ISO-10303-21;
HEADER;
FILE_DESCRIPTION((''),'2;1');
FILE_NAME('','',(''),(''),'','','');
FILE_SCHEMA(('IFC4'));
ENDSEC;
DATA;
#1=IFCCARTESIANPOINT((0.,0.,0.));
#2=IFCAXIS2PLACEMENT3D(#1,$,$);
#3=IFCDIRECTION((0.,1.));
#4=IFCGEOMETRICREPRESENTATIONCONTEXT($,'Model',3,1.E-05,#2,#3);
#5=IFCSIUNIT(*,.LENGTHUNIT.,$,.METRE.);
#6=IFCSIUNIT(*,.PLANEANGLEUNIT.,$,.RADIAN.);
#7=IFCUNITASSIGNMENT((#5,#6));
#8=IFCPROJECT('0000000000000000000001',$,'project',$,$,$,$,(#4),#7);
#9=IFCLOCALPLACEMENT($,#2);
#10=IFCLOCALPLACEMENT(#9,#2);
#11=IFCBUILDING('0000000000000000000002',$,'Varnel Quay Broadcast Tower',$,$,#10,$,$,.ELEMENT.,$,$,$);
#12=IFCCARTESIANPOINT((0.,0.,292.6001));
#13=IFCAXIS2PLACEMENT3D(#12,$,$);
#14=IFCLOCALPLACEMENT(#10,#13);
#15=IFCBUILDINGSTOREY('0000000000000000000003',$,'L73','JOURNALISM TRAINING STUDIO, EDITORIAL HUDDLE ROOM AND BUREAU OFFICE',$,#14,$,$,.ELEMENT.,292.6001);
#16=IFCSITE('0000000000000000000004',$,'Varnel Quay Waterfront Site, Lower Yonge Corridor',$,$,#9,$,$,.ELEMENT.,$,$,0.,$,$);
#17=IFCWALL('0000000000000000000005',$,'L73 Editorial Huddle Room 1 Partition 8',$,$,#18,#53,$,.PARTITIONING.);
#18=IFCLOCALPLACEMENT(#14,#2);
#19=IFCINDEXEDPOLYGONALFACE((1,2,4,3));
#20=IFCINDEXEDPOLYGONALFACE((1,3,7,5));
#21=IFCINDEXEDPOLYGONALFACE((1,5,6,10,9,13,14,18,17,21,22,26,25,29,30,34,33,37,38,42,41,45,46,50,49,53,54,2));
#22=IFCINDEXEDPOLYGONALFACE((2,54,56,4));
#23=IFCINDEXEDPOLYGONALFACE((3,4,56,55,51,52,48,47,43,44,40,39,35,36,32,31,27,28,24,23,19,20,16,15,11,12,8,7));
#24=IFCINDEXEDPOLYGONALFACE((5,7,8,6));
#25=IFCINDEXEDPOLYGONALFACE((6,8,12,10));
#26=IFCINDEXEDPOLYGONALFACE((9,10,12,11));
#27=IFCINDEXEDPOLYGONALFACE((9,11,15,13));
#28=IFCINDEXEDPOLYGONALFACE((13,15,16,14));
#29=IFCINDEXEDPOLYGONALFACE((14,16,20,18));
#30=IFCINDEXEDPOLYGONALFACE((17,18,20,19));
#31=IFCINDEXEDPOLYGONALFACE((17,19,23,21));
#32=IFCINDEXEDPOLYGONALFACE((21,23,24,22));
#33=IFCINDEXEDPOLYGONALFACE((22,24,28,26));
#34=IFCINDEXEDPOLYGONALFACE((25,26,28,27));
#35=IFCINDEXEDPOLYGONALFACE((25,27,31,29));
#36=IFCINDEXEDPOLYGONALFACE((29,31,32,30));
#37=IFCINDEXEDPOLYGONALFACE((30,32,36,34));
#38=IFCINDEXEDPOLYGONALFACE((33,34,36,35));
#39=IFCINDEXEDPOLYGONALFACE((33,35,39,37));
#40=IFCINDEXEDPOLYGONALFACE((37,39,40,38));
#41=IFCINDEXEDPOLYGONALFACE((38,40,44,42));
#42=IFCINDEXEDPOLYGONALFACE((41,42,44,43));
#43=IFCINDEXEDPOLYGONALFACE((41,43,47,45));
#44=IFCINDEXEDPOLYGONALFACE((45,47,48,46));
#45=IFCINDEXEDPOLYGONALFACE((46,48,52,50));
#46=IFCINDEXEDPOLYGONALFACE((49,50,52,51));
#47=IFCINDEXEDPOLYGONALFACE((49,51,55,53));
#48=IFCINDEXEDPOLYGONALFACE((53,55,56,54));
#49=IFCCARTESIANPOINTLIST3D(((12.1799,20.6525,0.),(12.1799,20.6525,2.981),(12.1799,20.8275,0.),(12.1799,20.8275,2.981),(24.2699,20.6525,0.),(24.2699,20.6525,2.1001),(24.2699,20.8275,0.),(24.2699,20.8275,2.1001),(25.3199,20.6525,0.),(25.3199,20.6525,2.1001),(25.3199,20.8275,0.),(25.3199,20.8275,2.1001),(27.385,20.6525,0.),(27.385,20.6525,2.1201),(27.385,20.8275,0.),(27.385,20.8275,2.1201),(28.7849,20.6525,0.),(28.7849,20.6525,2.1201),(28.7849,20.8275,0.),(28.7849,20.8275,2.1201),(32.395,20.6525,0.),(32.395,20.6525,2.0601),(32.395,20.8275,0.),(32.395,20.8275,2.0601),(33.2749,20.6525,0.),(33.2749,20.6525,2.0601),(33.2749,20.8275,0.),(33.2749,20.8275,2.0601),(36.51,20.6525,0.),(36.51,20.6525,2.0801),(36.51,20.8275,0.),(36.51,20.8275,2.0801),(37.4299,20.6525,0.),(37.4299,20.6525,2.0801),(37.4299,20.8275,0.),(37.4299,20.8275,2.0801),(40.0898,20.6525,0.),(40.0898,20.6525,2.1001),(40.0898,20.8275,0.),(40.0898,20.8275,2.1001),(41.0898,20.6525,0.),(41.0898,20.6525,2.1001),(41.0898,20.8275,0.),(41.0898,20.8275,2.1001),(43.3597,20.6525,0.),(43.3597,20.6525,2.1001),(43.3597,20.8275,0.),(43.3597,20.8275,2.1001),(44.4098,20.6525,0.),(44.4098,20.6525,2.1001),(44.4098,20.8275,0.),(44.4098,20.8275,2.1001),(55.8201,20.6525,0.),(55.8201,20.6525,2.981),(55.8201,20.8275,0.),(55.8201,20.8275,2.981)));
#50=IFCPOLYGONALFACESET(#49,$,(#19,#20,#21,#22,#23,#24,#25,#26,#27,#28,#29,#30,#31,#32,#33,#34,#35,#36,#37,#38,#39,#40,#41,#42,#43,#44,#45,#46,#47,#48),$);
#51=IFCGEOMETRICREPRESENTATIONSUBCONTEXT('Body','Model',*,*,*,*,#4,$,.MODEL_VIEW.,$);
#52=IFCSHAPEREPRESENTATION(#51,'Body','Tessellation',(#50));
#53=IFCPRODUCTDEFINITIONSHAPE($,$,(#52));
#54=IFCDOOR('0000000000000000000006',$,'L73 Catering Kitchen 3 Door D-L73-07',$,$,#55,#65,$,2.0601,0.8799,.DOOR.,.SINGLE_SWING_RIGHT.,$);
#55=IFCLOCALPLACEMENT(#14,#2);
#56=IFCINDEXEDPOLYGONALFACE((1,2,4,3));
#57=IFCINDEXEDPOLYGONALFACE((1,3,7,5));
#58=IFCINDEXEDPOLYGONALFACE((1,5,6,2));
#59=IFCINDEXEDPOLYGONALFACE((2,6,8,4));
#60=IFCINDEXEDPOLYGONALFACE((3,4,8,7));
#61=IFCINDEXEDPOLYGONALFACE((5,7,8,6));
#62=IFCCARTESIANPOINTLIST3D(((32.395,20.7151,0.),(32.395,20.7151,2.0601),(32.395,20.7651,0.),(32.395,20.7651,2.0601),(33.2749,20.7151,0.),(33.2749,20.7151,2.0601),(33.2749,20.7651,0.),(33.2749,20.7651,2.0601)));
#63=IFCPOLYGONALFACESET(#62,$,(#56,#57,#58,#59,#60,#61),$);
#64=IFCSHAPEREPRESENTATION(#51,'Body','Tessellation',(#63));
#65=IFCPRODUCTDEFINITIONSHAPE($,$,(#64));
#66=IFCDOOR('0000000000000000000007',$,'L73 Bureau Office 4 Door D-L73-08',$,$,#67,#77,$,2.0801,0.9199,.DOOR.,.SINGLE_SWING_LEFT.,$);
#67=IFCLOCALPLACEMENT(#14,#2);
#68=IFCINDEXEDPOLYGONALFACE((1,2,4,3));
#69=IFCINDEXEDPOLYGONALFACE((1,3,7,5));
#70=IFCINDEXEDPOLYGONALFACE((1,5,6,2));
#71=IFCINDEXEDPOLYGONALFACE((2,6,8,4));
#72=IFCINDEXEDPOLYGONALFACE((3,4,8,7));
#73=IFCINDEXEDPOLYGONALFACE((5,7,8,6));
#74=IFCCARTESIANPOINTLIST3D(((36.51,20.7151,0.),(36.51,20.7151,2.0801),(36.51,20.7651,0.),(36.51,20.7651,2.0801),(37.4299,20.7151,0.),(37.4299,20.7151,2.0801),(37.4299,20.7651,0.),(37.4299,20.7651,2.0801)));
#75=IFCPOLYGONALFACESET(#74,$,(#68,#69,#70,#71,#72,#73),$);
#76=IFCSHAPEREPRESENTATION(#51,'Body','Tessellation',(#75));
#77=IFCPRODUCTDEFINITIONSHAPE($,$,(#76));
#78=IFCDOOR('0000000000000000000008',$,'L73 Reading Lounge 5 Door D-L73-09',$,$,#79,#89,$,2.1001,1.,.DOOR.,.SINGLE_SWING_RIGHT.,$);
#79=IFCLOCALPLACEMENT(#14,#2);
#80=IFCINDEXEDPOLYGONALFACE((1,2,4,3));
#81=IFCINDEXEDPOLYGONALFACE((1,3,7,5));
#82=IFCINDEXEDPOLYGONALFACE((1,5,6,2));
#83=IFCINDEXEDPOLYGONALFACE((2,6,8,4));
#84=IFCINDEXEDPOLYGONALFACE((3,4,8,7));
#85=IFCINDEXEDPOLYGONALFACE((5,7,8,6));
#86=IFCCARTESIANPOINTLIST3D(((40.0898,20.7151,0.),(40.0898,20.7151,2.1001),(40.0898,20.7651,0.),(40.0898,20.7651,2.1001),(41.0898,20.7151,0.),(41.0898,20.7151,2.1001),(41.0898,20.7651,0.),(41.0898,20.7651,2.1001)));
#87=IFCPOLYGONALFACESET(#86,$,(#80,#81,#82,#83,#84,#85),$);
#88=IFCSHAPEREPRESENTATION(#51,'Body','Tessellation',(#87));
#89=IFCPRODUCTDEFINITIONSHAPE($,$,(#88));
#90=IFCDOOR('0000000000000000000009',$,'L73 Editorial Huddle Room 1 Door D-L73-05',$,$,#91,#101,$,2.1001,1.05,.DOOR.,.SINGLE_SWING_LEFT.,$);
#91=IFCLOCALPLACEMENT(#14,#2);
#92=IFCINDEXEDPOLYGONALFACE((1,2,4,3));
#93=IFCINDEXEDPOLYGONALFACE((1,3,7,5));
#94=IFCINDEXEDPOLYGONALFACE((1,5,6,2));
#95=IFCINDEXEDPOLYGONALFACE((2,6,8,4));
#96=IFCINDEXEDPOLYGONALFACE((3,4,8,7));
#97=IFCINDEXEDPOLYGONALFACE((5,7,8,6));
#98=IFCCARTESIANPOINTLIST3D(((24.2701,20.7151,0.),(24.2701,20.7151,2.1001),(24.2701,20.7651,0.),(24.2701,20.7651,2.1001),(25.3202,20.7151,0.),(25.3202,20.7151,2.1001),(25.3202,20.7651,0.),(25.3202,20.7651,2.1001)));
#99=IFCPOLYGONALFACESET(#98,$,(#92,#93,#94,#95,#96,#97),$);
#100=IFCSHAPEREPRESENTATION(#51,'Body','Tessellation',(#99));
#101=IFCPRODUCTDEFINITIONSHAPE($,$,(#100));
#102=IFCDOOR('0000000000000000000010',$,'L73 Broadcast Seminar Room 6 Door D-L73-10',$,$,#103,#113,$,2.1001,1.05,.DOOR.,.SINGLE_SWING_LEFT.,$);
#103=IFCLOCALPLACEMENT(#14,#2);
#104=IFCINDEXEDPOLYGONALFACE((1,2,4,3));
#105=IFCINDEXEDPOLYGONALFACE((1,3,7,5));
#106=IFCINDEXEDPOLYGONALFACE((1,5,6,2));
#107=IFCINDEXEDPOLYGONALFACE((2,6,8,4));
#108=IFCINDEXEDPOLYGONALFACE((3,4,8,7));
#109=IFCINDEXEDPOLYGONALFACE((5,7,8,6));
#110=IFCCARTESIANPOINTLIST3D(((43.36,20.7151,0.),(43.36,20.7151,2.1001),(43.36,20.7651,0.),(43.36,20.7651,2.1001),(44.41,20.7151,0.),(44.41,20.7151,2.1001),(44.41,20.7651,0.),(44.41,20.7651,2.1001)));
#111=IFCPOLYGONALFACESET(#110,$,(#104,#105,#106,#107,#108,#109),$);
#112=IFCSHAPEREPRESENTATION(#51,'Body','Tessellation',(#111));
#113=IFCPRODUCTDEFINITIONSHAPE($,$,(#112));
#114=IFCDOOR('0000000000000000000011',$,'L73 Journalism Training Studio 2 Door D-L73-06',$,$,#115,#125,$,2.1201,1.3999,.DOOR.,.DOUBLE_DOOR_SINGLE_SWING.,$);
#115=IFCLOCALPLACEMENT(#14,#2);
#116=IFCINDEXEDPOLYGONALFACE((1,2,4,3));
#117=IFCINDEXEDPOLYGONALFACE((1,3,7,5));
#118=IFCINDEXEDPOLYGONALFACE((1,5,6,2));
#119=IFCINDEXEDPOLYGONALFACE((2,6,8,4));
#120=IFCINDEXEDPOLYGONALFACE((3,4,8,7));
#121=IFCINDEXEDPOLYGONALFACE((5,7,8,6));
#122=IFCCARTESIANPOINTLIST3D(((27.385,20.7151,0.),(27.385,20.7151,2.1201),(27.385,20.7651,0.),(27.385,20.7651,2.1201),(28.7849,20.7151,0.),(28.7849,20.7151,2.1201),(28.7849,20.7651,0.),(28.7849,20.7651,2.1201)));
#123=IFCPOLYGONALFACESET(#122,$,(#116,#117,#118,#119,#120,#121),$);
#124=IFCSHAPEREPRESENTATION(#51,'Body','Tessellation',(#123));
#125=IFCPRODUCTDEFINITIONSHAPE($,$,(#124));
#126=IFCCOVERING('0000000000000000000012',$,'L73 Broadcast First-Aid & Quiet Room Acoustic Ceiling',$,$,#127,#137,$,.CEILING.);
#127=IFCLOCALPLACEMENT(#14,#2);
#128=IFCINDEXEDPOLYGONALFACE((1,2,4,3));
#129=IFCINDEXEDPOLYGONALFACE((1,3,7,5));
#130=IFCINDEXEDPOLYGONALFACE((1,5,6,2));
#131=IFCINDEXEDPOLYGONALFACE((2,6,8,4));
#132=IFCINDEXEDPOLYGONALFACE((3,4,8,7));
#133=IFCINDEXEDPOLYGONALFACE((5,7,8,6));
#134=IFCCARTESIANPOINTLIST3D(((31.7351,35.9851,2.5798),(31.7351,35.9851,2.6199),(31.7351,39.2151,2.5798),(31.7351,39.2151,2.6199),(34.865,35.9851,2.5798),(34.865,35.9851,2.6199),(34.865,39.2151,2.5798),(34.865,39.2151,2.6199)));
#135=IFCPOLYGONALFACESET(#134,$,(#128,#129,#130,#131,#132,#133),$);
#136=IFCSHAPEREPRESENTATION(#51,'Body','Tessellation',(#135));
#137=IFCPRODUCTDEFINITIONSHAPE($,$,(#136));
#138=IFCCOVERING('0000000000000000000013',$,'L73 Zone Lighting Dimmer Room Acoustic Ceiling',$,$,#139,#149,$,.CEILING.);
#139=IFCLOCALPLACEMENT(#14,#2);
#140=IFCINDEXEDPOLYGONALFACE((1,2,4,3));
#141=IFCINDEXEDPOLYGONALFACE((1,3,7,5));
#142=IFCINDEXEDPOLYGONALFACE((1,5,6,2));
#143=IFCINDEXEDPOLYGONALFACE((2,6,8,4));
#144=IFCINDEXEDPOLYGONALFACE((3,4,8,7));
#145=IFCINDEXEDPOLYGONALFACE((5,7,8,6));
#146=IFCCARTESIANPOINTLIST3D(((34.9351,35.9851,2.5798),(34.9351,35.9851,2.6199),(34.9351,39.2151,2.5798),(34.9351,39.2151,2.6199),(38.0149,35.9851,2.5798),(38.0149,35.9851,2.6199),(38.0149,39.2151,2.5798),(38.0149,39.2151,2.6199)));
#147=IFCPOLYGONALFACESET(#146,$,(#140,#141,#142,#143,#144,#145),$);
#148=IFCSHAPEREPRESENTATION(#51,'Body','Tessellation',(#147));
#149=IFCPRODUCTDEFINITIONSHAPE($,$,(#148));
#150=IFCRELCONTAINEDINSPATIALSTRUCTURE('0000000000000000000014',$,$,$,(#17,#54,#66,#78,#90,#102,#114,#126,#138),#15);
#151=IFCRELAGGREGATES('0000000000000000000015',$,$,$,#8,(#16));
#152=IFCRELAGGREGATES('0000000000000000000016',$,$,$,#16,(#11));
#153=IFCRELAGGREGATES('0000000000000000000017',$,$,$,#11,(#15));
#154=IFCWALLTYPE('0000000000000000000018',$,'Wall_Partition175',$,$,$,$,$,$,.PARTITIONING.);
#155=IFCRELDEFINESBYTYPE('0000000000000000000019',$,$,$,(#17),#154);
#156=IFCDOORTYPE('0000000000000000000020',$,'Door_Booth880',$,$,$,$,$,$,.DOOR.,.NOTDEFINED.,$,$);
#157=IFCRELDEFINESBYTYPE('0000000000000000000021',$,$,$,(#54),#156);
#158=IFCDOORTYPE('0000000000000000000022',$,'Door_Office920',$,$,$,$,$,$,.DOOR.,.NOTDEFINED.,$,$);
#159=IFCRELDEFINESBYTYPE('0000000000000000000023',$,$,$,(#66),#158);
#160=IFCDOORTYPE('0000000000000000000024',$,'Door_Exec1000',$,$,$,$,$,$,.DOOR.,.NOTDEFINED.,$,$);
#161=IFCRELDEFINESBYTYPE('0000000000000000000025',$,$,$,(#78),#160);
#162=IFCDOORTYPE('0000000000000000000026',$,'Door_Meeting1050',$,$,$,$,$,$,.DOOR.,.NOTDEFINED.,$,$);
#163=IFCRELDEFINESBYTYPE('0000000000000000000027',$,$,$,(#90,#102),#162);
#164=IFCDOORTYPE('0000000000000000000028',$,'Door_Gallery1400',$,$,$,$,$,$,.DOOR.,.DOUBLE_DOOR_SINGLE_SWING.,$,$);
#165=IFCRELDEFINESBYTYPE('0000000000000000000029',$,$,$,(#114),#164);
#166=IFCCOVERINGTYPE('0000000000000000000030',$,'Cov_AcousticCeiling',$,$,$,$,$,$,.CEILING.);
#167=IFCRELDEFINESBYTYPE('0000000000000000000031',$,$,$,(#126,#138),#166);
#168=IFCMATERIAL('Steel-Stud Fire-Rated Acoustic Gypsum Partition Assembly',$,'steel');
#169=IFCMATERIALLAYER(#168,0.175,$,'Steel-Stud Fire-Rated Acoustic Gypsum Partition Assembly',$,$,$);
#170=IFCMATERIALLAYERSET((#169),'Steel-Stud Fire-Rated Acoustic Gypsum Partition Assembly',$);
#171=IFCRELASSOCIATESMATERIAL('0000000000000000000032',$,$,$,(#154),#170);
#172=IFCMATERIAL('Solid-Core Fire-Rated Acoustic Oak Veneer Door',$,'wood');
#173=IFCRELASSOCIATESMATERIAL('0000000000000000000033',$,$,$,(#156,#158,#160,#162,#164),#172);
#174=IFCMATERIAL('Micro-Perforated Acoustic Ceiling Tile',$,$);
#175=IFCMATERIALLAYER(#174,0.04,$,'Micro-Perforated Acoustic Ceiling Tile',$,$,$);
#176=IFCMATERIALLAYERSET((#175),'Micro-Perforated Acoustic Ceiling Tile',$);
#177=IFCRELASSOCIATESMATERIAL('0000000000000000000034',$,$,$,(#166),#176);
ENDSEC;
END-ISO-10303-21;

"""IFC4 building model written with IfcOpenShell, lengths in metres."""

from ifc_helpers import new_model, si_unit, direction, frame, frame_2d, origin, place, context, subcontext, project, spatial, polyline, rectangle, outline, extrude, source, transform, mapped, material, layer, layer_set, type_object, type_shapes, element, fill, save


model = new_model("IFC4")

# Units and contexts
model_context = context("Model", 3, precision=1e-05, world=origin(), true_north=direction((0.0, 1.0)))
body_context = subcontext(model_context, "Body", "Model", "MODEL_VIEW")
ifc_project = project(units=[si_unit("LENGTHUNIT", "METRE"), si_unit("PLANEANGLEUNIT", "RADIAN")], contexts=[model_context])

# Site, building, storey
site_placement = place(None, origin())
site = spatial("IfcSite", under=ifc_project, at=site_placement, Name="Varnel Quay Waterfront Site, Lower Yonge Corridor", CompositionType="ELEMENT", RefElevation=0.0)
building_placement = place(site_placement, origin())
building = spatial("IfcBuilding", under=site, at=building_placement, Name="Varnel Quay Broadcast Tower", CompositionType="ELEMENT")
storey_placement = place(building_placement, frame((0.0, 0.0, 292.6001)))
storey = spatial("IfcBuildingStorey", under=building, at=storey_placement, Name="L73", Description="JOURNALISM TRAINING STUDIO, EDITORIAL HUDDLE ROOM AND BUREAU OFFICE", CompositionType="ELEMENT", Elevation=292.6001)

# Wall, openings, doors
ifc_material_1 = material(Name="Steel-Stud Fire-Rated Acoustic Gypsum Partition Assembly", Category="steel")
ifc_layer_1 = layer(ifc_material_1, 0.175, Name="Steel-Stud Fire-Rated Acoustic Gypsum Partition Assembly")
ifc_layer_set_1 = layer_set([ifc_layer_1], Name="Steel-Stud Fire-Rated Acoustic Gypsum Partition Assembly")
wall_type = type_object("IfcWallType", Name="Wall_Partition175", PredefinedType="PARTITIONING", material=ifc_layer_set_1)
wall_placement = place(storey_placement, frame((12.1799, 20.74, 0.0), z_axis=(0.0, 0.0, 1.0), x_axis=(1.0, 0.0, 0.0)))
wall = element("IfcWall", 1, at=wall_placement, inside=storey, type_object=wall_type, Name="L73 Editorial Huddle Room 1 Partition 8", PredefinedType="PARTITIONING", context=body_context, shape_type="SweptSolid", body=[
    extrude(rectangle(XDim=43.6401, YDim=0.175, at=frame_2d((21.8201, 0.0))), origin(), (0.0, 0.0, 1.0), 2.981),
])
opening_1_placement = place(wall_placement, frame((12.0901, 0.0, 0.0)))
opening_1 = element("IfcOpeningElement", 2, at=opening_1_placement, cuts=wall, PredefinedType="OPENING", context=body_context, shape_type="SweptSolid", body=[
    extrude(rectangle(XDim=1.05, YDim=2.1001, at=frame_2d((0.5249, 1.05))), frame((0.0, 0.0977, 0.0), z_axis=(0.0, -1.0, 0.0), x_axis=(1.0, 0.0, 0.0)), (0.0, 0.0, 1.0), 0.1951),
])
opening_2_placement = place(wall_placement, frame((15.2051, 0.0, 0.0)))
opening_2 = element("IfcOpeningElement", 3, at=opening_2_placement, cuts=wall, PredefinedType="OPENING", context=body_context, shape_type="SweptSolid", body=[
    extrude(rectangle(XDim=1.3999, YDim=2.1201, at=frame_2d((0.7, 1.0601))), frame((0.0, 0.0977, 0.0), z_axis=(0.0, -1.0, 0.0), x_axis=(1.0, 0.0, 0.0)), (0.0, 0.0, 1.0), 0.1951),
])
opening_3_placement = place(wall_placement, frame((20.2151, 0.0, 0.0)))
opening_3 = element("IfcOpeningElement", 4, at=opening_3_placement, cuts=wall, PredefinedType="OPENING", context=body_context, shape_type="SweptSolid", body=[
    extrude(rectangle(XDim=0.8799, YDim=2.0601, at=frame_2d((0.4399, 1.03))), frame((0.0, 0.0977, 0.0), z_axis=(0.0, -1.0, 0.0), x_axis=(1.0, 0.0, 0.0)), (0.0, 0.0, 1.0), 0.1951),
])
opening_4_placement = place(wall_placement, frame((24.3301, 0.0, 0.0)))
opening_4 = element("IfcOpeningElement", 5, at=opening_4_placement, cuts=wall, PredefinedType="OPENING", context=body_context, shape_type="SweptSolid", body=[
    extrude(rectangle(XDim=0.9199, YDim=2.0801, at=frame_2d((0.46, 1.04))), frame((0.0, 0.0977, 0.0), z_axis=(0.0, -1.0, 0.0), x_axis=(1.0, 0.0, 0.0)), (0.0, 0.0, 1.0), 0.1951),
])
opening_5_placement = place(wall_placement, frame((27.9099, 0.0, 0.0)))
opening_5 = element("IfcOpeningElement", 6, at=opening_5_placement, cuts=wall, PredefinedType="OPENING", context=body_context, shape_type="SweptSolid", body=[
    extrude(rectangle(XDim=1.0, YDim=2.1001, at=frame_2d((0.5, 1.05))), frame((0.0, 0.0977, 0.0), z_axis=(0.0, -1.0, 0.0), x_axis=(1.0, 0.0, 0.0)), (0.0, 0.0, 1.0), 0.1951),
])
opening_6_placement = place(wall_placement, frame((31.1799, 0.0, 0.0)))
opening_6 = element("IfcOpeningElement", 7, at=opening_6_placement, cuts=wall, PredefinedType="OPENING", context=body_context, shape_type="SweptSolid", body=[
    extrude(rectangle(XDim=1.05, YDim=2.1001, at=frame_2d((0.5249, 1.05))), frame((0.0, 0.0977, 0.0), z_axis=(0.0, -1.0, 0.0), x_axis=(1.0, 0.0, 0.0)), (0.0, 0.0, 1.0), 0.1951),
])
ifc_material_2 = material(Name="Solid-Core Fire-Rated Acoustic Oak Veneer Door", Category="wood")
door_type_1 = type_object("IfcDoorType", Name="Door_Booth880", OperationType="NOTDEFINED", PredefinedType="DOOR", material=ifc_material_2)
shared_shape_1 = source(origin(), body_context, "Body", "SweptSolid", [
    extrude(rectangle(XDim=0.8799, YDim=2.0601, at=frame_2d((0.4399, 1.03))), frame((0.0, 0.0249, 0.0), z_axis=(0.0, -1.0, 0.0), x_axis=(1.0, 0.0, 0.0)), (0.0, 0.0, 1.0), 0.05),
])
type_shapes(door_type_1, [shared_shape_1])
door_1_placement = place(opening_3_placement, frame((0.8799, 0.0, 0.0), z_axis=(0.0, 0.0, 1.0), x_axis=(-1.0, 0.0, 0.0)))
door_1 = element("IfcDoor", 8, at=door_1_placement, inside=storey, type_object=door_type_1, Name="L73 Catering Kitchen 3 Door D-L73-07", OperationType="SINGLE_SWING_RIGHT", OverallHeight=2.0601, OverallWidth=0.8799, PredefinedType="DOOR", context=body_context, shape_type="MappedRepresentation", body=[
    mapped(shared_shape_1, transform((0.0, 0.0, 0.0), x_axis=(1.0, 0.0, 0.0), y_axis=(0.0, 1.0, 0.0), z_axis=(0.0, 0.0, 1.0), scale=1.0)),
])
fill(opening_3, door_1)
door_type_2 = type_object("IfcDoorType", Name="Door_Office920", OperationType="NOTDEFINED", PredefinedType="DOOR", material=ifc_material_2)
shared_shape_2 = source(origin(), body_context, "Body", "SweptSolid", [
    extrude(rectangle(XDim=0.9199, YDim=2.0801, at=frame_2d((0.46, 1.04))), frame((0.0, 0.0249, 0.0), z_axis=(0.0, -1.0, 0.0), x_axis=(1.0, 0.0, 0.0)), (0.0, 0.0, 1.0), 0.05),
])
type_shapes(door_type_2, [shared_shape_2])
door_2_placement = place(opening_4_placement, frame((0.9199, 0.0, 0.0), z_axis=(0.0, 0.0, 1.0), x_axis=(-1.0, 0.0, 0.0)))
door_2 = element("IfcDoor", 9, at=door_2_placement, inside=storey, type_object=door_type_2, Name="L73 Bureau Office 4 Door D-L73-08", OperationType="SINGLE_SWING_LEFT", OverallHeight=2.0801, OverallWidth=0.9199, PredefinedType="DOOR", context=body_context, shape_type="MappedRepresentation", body=[
    mapped(shared_shape_2, transform((0.0, 0.0, 0.0), x_axis=(1.0, 0.0, 0.0), y_axis=(0.0, 1.0, 0.0), z_axis=(0.0, 0.0, 1.0), scale=1.0)),
])
fill(opening_4, door_2)
door_type_3 = type_object("IfcDoorType", Name="Door_Exec1000", OperationType="NOTDEFINED", PredefinedType="DOOR", material=ifc_material_2)
shared_shape_3 = source(origin(), body_context, "Body", "SweptSolid", [
    extrude(rectangle(XDim=1.0, YDim=2.1001, at=frame_2d((0.5, 1.05))), frame((0.0, 0.0249, 0.0), z_axis=(0.0, -1.0, 0.0), x_axis=(1.0, 0.0, 0.0)), (0.0, 0.0, 1.0), 0.05),
])
type_shapes(door_type_3, [shared_shape_3])
door_3_placement = place(opening_5_placement, frame((1.0, 0.0, 0.0), z_axis=(0.0, 0.0, 1.0), x_axis=(-1.0, 0.0, 0.0)))
door_3 = element("IfcDoor", 10, at=door_3_placement, inside=storey, type_object=door_type_3, Name="L73 Reading Lounge 5 Door D-L73-09", OperationType="SINGLE_SWING_RIGHT", OverallHeight=2.1001, OverallWidth=1.0, PredefinedType="DOOR", context=body_context, shape_type="MappedRepresentation", body=[
    mapped(shared_shape_3, transform((0.0, 0.0, 0.0), x_axis=(1.0, 0.0, 0.0), y_axis=(0.0, 1.0, 0.0), z_axis=(0.0, 0.0, 1.0), scale=1.0)),
])
fill(opening_5, door_3)
door_type_4 = type_object("IfcDoorType", Name="Door_Meeting1050", OperationType="NOTDEFINED", PredefinedType="DOOR", material=ifc_material_2)
shared_shape_4 = source(origin(), body_context, "Body", "SweptSolid", [
    extrude(rectangle(XDim=1.05, YDim=2.1001, at=frame_2d((0.5249, 1.05))), frame((0.0, 0.0249, 0.0), z_axis=(0.0, -1.0, 0.0), x_axis=(1.0, 0.0, 0.0)), (0.0, 0.0, 1.0), 0.05),
])
type_shapes(door_type_4, [shared_shape_4])
door_4_placement = place(opening_1_placement, frame((1.05, 0.0, 0.0), z_axis=(0.0, 0.0, 1.0), x_axis=(-1.0, 0.0, 0.0)))
door_4 = element("IfcDoor", 11, at=door_4_placement, inside=storey, type_object=door_type_4, Name="L73 Editorial Huddle Room 1 Door D-L73-05", OperationType="SINGLE_SWING_LEFT", OverallHeight=2.1001, OverallWidth=1.05, PredefinedType="DOOR", context=body_context, shape_type="MappedRepresentation", body=[
    mapped(shared_shape_4, transform((0.0, 0.0, 0.0), x_axis=(1.0, 0.0, 0.0), y_axis=(0.0, 1.0, 0.0), z_axis=(0.0, 0.0, 1.0), scale=1.0)),
])
fill(opening_1, door_4)
door_5_placement = place(opening_6_placement, frame((1.05, 0.0, 0.0), z_axis=(0.0, 0.0, 1.0), x_axis=(-1.0, 0.0, 0.0)))
door_5 = element("IfcDoor", 12, at=door_5_placement, inside=storey, type_object=door_type_4, Name="L73 Broadcast Seminar Room 6 Door D-L73-10", OperationType="SINGLE_SWING_LEFT", OverallHeight=2.1001, OverallWidth=1.05, PredefinedType="DOOR", context=body_context, shape_type="MappedRepresentation", body=[
    mapped(shared_shape_4, transform((0.0, 0.0, 0.0), x_axis=(1.0, 0.0, 0.0), y_axis=(0.0, 1.0, 0.0), z_axis=(0.0, 0.0, 1.0), scale=1.0)),
])
fill(opening_6, door_5)
door_type_5 = type_object("IfcDoorType", Name="Door_Gallery1400", OperationType="DOUBLE_DOOR_SINGLE_SWING", PredefinedType="DOOR", material=ifc_material_2)
shared_shape_5 = source(origin(), body_context, "Body", "SweptSolid", [
    extrude(rectangle(XDim=1.3999, YDim=2.1201, at=frame_2d((0.7, 1.0601))), frame((0.0, 0.0249, 0.0), z_axis=(0.0, -1.0, 0.0), x_axis=(1.0, 0.0, 0.0)), (0.0, 0.0, 1.0), 0.05),
])
type_shapes(door_type_5, [shared_shape_5])
door_6_placement = place(opening_2_placement, frame((1.3999, 0.0, 0.0), z_axis=(0.0, 0.0, 1.0), x_axis=(-1.0, 0.0, 0.0)))
door_6 = element("IfcDoor", 13, at=door_6_placement, inside=storey, type_object=door_type_5, Name="L73 Journalism Training Studio 2 Door D-L73-06", OperationType="DOUBLE_DOOR_SINGLE_SWING", OverallHeight=2.1201, OverallWidth=1.3999, PredefinedType="DOOR", context=body_context, shape_type="MappedRepresentation", body=[
    mapped(shared_shape_5, transform((0.0, 0.0, 0.0), x_axis=(1.0, 0.0, 0.0), y_axis=(0.0, 1.0, 0.0), z_axis=(0.0, 0.0, 1.0), scale=1.0)),
])
fill(opening_2, door_6)

# Coverings
ifc_material_3 = material(Name="Micro-Perforated Acoustic Ceiling Tile")
ifc_layer_2 = layer(ifc_material_3, 0.04, Name="Micro-Perforated Acoustic Ceiling Tile")
ifc_layer_set_2 = layer_set([ifc_layer_2], Name="Micro-Perforated Acoustic Ceiling Tile")
covering_type_1 = type_object("IfcCoveringType", Name="Cov_AcousticCeiling", PredefinedType="CEILING", material=ifc_layer_set_2)
covering_1_placement = place(storey_placement, frame((0.0, 0.0, 2.5798)))
element("IfcCovering", 14, at=covering_1_placement, inside=storey, type_object=covering_type_1, Name="L73 Broadcast First-Aid & Quiet Room Acoustic Ceiling", PredefinedType="CEILING", context=body_context, shape_type="SweptSolid", body=[
    extrude(outline(polyline([(31.7351, 35.9851), (34.865, 35.9851), (34.865, 39.2151), (31.7351, 39.2151), (31.7351, 35.9851)])), origin(), (0.0, 0.0, 1.0), 0.04),
])
covering_2_placement = place(storey_placement, frame((0.0, 0.0, 2.5798)))
element("IfcCovering", 15, at=covering_2_placement, inside=storey, type_object=covering_type_1, Name="L73 Zone Lighting Dimmer Room Acoustic Ceiling", PredefinedType="CEILING", context=body_context, shape_type="SweptSolid", body=[
    extrude(outline(polyline([(34.9351, 35.9851), (38.0149, 35.9851), (38.0149, 39.2151), (34.9351, 39.2151), (34.9351, 35.9851)])), origin(), (0.0, 0.0, 1.0), 0.04),
])

save(model, "model.ifc")
